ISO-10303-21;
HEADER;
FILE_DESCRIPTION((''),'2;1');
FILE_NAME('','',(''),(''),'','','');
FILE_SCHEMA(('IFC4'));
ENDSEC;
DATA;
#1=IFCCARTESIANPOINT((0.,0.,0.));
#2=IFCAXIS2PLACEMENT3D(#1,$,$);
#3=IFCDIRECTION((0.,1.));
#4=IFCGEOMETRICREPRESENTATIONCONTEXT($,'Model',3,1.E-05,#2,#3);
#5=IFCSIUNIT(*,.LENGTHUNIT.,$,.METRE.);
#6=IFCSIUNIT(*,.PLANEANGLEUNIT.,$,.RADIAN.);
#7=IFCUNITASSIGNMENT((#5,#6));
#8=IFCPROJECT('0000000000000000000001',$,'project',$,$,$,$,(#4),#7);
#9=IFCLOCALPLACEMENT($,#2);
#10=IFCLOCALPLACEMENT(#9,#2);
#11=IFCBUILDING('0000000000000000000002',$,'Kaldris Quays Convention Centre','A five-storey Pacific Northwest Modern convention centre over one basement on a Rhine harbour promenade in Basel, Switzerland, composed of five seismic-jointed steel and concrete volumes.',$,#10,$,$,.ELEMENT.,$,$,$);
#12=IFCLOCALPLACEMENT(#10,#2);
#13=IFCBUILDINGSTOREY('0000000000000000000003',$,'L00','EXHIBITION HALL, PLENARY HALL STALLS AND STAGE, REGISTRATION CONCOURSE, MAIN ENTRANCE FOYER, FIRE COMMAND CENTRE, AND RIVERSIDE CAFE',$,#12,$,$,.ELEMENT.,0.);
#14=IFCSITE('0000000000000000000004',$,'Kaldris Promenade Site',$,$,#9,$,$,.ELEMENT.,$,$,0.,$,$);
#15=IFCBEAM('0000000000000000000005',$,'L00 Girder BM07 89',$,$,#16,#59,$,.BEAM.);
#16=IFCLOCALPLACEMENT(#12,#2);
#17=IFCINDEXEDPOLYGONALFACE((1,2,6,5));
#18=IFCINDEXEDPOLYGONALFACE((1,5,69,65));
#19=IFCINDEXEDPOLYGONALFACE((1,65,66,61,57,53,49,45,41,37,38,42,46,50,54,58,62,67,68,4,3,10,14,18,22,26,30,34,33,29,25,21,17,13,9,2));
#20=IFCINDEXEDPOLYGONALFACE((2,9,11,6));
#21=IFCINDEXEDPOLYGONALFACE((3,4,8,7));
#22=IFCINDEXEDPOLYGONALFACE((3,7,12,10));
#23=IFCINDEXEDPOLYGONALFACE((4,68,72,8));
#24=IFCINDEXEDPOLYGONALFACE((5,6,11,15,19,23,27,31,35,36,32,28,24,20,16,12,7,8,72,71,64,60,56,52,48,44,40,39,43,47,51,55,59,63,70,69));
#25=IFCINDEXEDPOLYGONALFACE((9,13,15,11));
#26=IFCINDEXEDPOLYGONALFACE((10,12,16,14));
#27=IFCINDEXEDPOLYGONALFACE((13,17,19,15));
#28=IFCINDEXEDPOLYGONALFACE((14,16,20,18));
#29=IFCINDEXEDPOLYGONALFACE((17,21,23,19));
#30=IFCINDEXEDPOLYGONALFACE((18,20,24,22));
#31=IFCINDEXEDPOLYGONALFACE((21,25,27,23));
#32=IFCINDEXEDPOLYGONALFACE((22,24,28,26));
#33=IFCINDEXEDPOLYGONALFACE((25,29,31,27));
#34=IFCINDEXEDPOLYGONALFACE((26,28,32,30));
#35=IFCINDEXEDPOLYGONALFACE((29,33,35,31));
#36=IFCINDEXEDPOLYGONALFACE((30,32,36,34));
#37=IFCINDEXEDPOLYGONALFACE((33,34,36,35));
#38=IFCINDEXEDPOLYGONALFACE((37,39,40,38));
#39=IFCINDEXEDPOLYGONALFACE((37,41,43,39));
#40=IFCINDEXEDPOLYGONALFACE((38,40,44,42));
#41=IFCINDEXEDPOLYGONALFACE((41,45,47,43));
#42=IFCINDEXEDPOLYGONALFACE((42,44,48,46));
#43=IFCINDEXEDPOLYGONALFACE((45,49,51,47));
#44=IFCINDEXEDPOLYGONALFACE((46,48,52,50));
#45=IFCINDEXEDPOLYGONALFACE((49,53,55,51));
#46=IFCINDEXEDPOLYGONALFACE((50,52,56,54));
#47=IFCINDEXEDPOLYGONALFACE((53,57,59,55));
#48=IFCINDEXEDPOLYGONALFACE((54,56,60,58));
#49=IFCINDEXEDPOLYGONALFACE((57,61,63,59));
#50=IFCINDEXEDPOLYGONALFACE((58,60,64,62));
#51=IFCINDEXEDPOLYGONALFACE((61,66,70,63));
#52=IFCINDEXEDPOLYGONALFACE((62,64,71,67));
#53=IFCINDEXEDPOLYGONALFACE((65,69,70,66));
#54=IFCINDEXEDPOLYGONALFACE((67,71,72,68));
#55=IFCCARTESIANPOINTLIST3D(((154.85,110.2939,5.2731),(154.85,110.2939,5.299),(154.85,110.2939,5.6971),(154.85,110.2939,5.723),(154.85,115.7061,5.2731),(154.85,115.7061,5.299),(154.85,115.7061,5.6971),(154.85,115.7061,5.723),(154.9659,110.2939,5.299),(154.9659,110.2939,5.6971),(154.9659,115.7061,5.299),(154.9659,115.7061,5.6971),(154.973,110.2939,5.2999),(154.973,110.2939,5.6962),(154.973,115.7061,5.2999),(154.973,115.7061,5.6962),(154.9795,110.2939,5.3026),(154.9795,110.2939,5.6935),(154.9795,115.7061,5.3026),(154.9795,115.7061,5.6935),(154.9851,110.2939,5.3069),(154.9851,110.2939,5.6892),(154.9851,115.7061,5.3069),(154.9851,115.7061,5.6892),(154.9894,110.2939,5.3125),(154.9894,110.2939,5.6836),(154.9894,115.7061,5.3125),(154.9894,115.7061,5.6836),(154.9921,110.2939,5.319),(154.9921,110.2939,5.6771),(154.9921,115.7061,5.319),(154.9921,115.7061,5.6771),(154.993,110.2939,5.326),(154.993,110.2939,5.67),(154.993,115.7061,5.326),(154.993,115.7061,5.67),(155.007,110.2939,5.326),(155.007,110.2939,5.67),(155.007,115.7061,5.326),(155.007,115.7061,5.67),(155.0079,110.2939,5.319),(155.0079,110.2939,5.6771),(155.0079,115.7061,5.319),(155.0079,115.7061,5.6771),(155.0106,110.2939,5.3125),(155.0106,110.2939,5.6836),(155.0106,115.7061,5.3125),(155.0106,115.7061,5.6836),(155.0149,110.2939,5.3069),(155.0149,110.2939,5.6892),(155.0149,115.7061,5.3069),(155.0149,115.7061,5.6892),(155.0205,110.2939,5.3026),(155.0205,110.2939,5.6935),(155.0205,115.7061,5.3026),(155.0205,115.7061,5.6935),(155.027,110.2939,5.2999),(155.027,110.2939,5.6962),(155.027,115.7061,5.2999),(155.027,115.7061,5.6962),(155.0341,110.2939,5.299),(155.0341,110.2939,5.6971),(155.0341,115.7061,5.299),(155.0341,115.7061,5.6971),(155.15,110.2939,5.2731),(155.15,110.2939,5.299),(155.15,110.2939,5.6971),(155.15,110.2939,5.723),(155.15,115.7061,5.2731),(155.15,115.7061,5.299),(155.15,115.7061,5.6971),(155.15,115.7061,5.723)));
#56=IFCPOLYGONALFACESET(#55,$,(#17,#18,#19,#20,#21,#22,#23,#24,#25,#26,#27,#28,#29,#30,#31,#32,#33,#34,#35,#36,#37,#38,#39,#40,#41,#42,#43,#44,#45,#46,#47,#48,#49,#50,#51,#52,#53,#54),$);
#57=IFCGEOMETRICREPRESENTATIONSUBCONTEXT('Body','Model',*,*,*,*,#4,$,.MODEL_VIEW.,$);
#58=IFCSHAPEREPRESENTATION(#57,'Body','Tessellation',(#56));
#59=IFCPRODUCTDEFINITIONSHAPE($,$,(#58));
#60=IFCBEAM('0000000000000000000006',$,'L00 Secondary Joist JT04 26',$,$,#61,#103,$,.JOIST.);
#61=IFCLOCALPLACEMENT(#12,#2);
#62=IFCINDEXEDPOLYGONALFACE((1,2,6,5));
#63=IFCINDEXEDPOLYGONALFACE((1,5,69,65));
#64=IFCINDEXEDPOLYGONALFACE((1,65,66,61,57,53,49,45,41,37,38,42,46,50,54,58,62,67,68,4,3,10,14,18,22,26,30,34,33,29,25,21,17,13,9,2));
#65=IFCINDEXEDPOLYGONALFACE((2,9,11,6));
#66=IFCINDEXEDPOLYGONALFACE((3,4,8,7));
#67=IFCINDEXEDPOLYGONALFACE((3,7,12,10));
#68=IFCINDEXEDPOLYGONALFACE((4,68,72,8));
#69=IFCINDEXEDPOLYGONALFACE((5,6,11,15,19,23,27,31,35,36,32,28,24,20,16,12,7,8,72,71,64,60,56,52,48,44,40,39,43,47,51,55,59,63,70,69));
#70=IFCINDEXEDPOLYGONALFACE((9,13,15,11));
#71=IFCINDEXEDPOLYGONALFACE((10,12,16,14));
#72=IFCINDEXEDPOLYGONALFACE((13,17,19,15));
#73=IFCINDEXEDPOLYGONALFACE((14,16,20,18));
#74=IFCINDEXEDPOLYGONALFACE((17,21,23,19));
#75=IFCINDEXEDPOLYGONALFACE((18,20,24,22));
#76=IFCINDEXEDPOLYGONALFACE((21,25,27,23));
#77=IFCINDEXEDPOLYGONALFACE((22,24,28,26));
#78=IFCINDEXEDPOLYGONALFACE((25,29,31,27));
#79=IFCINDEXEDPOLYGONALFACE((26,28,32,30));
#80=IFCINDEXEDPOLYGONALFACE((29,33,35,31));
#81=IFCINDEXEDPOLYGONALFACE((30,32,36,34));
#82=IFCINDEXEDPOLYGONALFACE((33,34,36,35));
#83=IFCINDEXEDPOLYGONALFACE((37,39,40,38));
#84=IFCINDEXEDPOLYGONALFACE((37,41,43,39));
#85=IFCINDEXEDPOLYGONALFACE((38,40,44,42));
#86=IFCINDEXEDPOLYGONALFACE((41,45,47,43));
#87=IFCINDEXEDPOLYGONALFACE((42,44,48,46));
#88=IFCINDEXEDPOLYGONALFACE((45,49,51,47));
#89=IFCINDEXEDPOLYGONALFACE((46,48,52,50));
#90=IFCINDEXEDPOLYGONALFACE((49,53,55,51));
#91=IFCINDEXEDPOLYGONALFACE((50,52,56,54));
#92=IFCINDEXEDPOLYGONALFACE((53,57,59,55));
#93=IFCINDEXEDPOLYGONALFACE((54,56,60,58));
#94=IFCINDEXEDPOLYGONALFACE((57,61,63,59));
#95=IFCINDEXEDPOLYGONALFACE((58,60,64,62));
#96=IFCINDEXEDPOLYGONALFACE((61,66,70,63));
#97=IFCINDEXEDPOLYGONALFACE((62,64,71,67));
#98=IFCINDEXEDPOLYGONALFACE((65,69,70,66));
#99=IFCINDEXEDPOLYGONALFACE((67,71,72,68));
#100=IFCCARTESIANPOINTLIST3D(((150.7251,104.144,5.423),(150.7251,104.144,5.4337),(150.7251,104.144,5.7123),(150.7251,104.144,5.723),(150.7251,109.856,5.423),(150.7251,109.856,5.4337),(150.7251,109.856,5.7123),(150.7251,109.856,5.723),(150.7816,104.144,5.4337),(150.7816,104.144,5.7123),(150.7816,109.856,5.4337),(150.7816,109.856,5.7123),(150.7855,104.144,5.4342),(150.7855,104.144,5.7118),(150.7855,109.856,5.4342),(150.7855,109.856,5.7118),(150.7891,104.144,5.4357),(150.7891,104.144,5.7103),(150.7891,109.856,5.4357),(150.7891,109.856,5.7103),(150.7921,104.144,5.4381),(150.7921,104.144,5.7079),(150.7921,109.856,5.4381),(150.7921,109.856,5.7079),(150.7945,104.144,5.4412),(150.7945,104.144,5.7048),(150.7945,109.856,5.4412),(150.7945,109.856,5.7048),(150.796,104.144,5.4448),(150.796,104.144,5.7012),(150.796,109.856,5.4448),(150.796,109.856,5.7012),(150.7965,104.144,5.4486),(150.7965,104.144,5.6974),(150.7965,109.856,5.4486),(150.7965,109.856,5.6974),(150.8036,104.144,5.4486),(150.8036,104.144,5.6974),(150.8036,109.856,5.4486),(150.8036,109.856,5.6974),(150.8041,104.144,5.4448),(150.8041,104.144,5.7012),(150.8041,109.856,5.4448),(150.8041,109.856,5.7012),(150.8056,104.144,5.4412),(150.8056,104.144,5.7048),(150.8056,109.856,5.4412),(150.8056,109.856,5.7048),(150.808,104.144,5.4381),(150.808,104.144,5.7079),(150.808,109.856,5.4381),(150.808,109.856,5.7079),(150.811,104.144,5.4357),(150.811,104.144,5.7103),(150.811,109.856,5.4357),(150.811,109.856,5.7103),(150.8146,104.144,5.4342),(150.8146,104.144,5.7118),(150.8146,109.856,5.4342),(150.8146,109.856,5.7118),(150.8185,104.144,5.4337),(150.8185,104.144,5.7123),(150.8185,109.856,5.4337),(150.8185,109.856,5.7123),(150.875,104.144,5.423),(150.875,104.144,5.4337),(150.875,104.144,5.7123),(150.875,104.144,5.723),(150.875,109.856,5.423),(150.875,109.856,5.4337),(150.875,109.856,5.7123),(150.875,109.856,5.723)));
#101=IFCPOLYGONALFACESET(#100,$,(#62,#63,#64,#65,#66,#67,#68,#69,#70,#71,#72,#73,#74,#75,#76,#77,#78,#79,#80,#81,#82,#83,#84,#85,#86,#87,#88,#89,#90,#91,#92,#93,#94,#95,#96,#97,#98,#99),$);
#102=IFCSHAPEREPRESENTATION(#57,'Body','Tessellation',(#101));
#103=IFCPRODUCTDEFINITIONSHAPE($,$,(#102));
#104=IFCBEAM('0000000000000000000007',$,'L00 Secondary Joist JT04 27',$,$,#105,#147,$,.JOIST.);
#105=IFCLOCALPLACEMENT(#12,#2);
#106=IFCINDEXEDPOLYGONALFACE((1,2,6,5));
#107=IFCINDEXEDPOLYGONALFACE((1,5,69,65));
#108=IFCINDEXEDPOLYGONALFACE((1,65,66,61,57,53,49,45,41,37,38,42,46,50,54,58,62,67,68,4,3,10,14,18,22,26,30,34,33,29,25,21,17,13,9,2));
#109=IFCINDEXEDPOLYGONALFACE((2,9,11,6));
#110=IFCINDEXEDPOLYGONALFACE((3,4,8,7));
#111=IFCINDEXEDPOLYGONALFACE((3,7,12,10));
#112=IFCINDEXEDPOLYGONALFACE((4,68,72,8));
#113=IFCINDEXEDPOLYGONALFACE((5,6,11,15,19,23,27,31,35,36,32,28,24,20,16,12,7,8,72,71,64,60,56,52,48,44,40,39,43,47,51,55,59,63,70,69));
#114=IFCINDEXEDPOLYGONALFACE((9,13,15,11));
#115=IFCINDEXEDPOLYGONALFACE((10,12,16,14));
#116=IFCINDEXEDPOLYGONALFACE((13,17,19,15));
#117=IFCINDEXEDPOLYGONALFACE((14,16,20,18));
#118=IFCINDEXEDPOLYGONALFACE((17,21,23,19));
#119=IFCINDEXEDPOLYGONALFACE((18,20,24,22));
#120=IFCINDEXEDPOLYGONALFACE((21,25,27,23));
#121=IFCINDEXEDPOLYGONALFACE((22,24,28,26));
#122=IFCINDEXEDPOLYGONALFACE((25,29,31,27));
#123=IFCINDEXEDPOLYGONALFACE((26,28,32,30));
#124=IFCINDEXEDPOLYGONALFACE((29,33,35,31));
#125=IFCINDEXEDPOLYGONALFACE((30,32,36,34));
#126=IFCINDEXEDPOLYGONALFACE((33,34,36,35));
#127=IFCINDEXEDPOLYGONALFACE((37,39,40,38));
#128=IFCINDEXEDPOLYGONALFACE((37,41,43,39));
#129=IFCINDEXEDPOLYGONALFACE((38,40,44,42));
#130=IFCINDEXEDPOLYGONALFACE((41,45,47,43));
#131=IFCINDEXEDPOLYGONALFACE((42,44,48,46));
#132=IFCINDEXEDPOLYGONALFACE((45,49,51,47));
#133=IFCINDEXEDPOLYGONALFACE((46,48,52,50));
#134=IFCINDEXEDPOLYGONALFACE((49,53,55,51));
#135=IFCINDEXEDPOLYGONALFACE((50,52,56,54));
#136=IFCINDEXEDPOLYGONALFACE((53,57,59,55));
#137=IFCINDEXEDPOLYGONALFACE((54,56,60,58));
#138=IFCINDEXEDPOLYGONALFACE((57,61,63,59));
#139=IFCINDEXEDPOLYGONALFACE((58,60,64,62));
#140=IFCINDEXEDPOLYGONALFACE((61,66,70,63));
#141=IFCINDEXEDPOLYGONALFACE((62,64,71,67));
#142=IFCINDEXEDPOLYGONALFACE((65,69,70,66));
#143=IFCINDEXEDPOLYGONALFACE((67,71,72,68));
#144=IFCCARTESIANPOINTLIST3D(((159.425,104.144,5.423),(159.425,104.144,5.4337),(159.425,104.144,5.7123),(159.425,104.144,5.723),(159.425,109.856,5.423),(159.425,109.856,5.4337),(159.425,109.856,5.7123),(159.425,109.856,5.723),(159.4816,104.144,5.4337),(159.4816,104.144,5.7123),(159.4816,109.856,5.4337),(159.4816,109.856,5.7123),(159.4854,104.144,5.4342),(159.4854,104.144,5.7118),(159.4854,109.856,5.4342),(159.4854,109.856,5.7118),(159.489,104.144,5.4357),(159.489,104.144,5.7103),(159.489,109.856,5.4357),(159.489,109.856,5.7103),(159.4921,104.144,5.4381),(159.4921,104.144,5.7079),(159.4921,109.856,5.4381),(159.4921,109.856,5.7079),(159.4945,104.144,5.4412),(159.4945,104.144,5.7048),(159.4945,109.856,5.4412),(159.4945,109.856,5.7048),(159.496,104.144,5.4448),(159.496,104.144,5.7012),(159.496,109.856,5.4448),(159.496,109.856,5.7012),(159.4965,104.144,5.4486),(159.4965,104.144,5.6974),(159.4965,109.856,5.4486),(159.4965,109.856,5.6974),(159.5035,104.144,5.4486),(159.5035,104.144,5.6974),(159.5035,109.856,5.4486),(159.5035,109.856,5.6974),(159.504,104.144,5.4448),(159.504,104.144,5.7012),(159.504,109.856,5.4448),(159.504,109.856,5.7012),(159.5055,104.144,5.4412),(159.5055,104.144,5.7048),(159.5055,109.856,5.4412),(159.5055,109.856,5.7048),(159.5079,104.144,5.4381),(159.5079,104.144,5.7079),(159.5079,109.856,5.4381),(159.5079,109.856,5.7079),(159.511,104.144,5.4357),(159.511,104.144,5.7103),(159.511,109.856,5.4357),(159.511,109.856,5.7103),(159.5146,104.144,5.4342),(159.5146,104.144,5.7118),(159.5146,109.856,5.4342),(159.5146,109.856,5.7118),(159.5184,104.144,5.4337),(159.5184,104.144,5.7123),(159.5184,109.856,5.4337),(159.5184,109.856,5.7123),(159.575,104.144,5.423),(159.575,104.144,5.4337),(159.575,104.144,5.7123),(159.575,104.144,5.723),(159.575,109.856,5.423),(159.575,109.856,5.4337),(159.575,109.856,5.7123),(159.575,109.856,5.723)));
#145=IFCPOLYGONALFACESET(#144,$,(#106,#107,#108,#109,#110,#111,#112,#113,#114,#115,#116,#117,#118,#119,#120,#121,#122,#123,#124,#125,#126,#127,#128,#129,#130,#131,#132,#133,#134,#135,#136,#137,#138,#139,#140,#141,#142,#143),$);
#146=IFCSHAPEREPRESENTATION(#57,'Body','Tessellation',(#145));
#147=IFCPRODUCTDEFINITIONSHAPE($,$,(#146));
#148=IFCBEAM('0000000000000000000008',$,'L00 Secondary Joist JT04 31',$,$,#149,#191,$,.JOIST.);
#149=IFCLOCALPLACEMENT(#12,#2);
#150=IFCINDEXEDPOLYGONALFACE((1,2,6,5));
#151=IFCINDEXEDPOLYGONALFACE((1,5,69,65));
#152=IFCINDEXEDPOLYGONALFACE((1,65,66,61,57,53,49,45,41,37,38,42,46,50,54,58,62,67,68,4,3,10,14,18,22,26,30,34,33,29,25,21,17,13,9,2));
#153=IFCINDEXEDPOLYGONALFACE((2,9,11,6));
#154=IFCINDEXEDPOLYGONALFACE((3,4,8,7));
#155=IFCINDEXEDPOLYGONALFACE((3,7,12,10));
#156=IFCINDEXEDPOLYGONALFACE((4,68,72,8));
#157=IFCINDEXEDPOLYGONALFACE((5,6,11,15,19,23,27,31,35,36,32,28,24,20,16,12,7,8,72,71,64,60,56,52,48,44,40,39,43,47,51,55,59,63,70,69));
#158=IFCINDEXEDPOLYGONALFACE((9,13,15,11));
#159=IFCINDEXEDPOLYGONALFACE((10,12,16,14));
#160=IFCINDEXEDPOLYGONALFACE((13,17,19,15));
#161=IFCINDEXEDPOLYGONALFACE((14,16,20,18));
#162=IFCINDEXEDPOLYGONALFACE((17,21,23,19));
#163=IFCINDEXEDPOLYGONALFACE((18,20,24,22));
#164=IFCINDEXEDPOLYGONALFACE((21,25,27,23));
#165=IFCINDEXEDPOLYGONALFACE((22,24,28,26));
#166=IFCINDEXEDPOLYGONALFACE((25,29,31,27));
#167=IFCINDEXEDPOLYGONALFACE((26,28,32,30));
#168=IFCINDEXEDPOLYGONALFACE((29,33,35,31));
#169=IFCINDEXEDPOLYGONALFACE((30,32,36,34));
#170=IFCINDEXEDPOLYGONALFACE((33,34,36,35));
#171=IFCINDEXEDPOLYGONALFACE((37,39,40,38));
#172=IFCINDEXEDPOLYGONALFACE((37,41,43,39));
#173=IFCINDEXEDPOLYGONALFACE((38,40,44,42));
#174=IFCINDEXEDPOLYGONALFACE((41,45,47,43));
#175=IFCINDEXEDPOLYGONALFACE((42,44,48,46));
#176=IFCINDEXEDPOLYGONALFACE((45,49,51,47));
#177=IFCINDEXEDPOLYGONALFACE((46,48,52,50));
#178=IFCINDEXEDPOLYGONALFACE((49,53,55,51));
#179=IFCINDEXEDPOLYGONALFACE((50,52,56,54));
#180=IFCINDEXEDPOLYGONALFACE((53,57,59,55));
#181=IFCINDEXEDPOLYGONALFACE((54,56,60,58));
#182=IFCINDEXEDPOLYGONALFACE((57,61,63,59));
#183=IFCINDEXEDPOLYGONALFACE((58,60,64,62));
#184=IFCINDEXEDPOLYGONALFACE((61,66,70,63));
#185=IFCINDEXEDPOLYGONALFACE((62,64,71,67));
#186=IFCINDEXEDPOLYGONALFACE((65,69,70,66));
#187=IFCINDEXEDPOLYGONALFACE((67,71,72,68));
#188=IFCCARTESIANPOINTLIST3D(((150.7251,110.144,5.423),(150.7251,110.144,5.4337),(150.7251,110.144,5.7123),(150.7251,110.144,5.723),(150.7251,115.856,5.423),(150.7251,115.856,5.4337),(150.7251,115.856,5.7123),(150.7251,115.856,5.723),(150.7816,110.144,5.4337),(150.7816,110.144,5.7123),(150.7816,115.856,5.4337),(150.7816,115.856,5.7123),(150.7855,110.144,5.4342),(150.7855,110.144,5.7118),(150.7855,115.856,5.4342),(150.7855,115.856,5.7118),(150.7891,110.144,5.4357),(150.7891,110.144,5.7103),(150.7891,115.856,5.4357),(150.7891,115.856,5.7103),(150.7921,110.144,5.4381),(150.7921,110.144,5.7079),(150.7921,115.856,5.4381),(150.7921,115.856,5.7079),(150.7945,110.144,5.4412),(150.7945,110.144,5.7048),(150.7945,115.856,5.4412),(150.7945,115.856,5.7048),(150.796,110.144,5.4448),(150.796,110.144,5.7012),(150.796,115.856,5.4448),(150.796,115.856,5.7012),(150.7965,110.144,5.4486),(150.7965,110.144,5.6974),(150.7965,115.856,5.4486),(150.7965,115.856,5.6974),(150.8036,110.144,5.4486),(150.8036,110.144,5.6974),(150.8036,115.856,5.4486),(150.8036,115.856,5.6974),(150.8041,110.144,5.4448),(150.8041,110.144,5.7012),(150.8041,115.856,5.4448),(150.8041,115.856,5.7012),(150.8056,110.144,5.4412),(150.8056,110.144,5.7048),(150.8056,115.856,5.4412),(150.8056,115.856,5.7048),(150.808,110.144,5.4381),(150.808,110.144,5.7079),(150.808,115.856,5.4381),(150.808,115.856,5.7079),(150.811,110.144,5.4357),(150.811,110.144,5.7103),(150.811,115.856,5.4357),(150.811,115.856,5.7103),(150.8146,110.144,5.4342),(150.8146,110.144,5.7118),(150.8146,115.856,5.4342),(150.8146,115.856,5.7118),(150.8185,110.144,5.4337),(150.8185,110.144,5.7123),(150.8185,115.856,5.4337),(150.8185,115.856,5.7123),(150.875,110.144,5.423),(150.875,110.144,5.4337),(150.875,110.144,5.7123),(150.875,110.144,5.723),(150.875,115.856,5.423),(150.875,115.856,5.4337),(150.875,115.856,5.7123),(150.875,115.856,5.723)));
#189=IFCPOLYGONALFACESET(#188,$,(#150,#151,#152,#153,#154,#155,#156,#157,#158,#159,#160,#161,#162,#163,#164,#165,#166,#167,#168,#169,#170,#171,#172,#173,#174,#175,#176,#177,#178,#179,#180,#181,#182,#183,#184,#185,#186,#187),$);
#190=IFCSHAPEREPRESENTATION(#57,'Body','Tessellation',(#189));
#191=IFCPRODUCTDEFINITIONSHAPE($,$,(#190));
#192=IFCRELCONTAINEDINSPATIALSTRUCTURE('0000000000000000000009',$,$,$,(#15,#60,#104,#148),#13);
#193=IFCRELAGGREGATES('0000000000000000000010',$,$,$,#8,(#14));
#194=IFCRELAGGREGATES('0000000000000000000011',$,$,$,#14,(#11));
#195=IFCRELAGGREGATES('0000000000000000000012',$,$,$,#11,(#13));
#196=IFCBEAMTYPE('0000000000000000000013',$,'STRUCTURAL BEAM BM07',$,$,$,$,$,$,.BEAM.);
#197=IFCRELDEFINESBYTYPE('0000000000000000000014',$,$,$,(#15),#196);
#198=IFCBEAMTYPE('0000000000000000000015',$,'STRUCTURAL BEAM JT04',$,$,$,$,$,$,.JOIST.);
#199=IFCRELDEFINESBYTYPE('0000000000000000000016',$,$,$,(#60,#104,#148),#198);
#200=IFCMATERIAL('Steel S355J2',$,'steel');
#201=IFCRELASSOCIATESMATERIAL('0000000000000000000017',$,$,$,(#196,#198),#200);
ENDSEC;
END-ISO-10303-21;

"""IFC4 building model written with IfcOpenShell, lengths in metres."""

from ifc_helpers import new_model, si_unit, direction, frame, origin, origin_2d, place, context, subcontext, project, spatial, i_section, extrude, material, material_profile, profile_set, type_object, element, save


model = new_model("IFC4")

# Units and contexts
model_context = context("Model", 3, precision=1e-05, world=origin(), true_north=direction((0.0, 1.0)))
body_context = subcontext(model_context, "Body", "Model", "MODEL_VIEW")
ifc_project = project(units=[si_unit("LENGTHUNIT", "METRE"), si_unit("PLANEANGLEUNIT", "RADIAN")], contexts=[model_context])

# Site, building, storey
site_placement = place(None, origin())
site = spatial("IfcSite", under=ifc_project, at=site_placement, Name="Kaldris Promenade Site", CompositionType="ELEMENT", RefElevation=0.0)
building_placement = place(site_placement, origin())
building = spatial("IfcBuilding", under=site, at=building_placement, Name="Kaldris Quays Convention Centre", Description="A five-storey Pacific Northwest Modern convention centre over one basement on a Rhine harbour promenade in Basel, Switzerland, composed of five seismic-jointed steel and concrete volumes.", CompositionType="ELEMENT")
storey_placement = place(building_placement, origin())
storey = spatial("IfcBuildingStorey", under=building, at=storey_placement, Name="L00", Description="EXHIBITION HALL, PLENARY HALL STALLS AND STAGE, REGISTRATION CONCOURSE, MAIN ENTRANCE FOYER, FIRE COMMAND CENTRE, AND RIVERSIDE CAFE", CompositionType="ELEMENT", Elevation=0.0)

# Shared definitions
ifc_material_1 = material(Name="Steel S355J2", Category="steel")

# Beams
ifc_material_profile_1 = material_profile(ifc_material_1, i_section(OverallWidth=0.3, OverallDepth=0.45, WebThickness=0.0139, FlangeThickness=0.0259, FilletRadius=0.0271, at=origin_2d()), Name="HEB 450")
ifc_profile_set_1 = profile_set([ifc_material_profile_1], Name="Steel S355J2")
beam_type_1 = type_object("IfcBeamType", Name="STRUCTURAL BEAM BM07", PredefinedType="BEAM", material=ifc_profile_set_1)
for number, where, z_axis, x_axis, name in (
    (1, (155.0, 110.2939, 5.498), (0.0, 1.0, 0.0), (-1.0, 0.0, 0.0), "L00 Girder BM07 89"),
):
    element("IfcBeam", number, at=place(storey_placement, frame(where, z_axis=z_axis, x_axis=x_axis)), inside=storey, type_object=beam_type_1, Name=name, PredefinedType="BEAM", context=body_context, shape_type="SweptSolid", body=[
        extrude(i_section(OverallWidth=0.3, OverallDepth=0.45, WebThickness=0.0139, FlangeThickness=0.0259, FilletRadius=0.0271, at=origin_2d()), origin(), (0.0, 0.0, 1.0), 5.4121),
    ])
ifc_material_profile_2 = material_profile(ifc_material_1, i_section(OverallWidth=0.1499, OverallDepth=0.3, WebThickness=0.0071, FlangeThickness=0.0107, FilletRadius=0.0149, at=origin_2d()), Name="IPE 300")
ifc_profile_set_2 = profile_set([ifc_material_profile_2], Name="Steel S355J2")
beam_type_2 = type_object("IfcBeamType", Name="STRUCTURAL BEAM JT04", PredefinedType="JOIST", material=ifc_profile_set_2)
for number, where, z_axis, x_axis, name in (
    (2, (150.8, 104.144, 5.573), (0.0, 1.0, 0.0), (-1.0, 0.0, 0.0), "L00 Secondary Joist JT04 26"),
    (3, (159.5, 104.144, 5.573), (0.0, 1.0, 0.0), (-1.0, 0.0, 0.0), "L00 Secondary Joist JT04 27"),
    (4, (150.8, 110.144, 5.573), (0.0, 1.0, 0.0), (-1.0, 0.0, 0.0), "L00 Secondary Joist JT04 31"),
):
    element("IfcBeam", number, at=place(storey_placement, frame(where, z_axis=z_axis, x_axis=x_axis)), inside=storey, type_object=beam_type_2, Name=name, PredefinedType="JOIST", context=body_context, shape_type="SweptSolid", body=[
        extrude(i_section(OverallWidth=0.1499, OverallDepth=0.3, WebThickness=0.0071, FlangeThickness=0.0107, FilletRadius=0.0149, at=origin_2d()), origin(), (0.0, 0.0, 1.0), 5.7119),
    ])

save(model, "model.ifc")
